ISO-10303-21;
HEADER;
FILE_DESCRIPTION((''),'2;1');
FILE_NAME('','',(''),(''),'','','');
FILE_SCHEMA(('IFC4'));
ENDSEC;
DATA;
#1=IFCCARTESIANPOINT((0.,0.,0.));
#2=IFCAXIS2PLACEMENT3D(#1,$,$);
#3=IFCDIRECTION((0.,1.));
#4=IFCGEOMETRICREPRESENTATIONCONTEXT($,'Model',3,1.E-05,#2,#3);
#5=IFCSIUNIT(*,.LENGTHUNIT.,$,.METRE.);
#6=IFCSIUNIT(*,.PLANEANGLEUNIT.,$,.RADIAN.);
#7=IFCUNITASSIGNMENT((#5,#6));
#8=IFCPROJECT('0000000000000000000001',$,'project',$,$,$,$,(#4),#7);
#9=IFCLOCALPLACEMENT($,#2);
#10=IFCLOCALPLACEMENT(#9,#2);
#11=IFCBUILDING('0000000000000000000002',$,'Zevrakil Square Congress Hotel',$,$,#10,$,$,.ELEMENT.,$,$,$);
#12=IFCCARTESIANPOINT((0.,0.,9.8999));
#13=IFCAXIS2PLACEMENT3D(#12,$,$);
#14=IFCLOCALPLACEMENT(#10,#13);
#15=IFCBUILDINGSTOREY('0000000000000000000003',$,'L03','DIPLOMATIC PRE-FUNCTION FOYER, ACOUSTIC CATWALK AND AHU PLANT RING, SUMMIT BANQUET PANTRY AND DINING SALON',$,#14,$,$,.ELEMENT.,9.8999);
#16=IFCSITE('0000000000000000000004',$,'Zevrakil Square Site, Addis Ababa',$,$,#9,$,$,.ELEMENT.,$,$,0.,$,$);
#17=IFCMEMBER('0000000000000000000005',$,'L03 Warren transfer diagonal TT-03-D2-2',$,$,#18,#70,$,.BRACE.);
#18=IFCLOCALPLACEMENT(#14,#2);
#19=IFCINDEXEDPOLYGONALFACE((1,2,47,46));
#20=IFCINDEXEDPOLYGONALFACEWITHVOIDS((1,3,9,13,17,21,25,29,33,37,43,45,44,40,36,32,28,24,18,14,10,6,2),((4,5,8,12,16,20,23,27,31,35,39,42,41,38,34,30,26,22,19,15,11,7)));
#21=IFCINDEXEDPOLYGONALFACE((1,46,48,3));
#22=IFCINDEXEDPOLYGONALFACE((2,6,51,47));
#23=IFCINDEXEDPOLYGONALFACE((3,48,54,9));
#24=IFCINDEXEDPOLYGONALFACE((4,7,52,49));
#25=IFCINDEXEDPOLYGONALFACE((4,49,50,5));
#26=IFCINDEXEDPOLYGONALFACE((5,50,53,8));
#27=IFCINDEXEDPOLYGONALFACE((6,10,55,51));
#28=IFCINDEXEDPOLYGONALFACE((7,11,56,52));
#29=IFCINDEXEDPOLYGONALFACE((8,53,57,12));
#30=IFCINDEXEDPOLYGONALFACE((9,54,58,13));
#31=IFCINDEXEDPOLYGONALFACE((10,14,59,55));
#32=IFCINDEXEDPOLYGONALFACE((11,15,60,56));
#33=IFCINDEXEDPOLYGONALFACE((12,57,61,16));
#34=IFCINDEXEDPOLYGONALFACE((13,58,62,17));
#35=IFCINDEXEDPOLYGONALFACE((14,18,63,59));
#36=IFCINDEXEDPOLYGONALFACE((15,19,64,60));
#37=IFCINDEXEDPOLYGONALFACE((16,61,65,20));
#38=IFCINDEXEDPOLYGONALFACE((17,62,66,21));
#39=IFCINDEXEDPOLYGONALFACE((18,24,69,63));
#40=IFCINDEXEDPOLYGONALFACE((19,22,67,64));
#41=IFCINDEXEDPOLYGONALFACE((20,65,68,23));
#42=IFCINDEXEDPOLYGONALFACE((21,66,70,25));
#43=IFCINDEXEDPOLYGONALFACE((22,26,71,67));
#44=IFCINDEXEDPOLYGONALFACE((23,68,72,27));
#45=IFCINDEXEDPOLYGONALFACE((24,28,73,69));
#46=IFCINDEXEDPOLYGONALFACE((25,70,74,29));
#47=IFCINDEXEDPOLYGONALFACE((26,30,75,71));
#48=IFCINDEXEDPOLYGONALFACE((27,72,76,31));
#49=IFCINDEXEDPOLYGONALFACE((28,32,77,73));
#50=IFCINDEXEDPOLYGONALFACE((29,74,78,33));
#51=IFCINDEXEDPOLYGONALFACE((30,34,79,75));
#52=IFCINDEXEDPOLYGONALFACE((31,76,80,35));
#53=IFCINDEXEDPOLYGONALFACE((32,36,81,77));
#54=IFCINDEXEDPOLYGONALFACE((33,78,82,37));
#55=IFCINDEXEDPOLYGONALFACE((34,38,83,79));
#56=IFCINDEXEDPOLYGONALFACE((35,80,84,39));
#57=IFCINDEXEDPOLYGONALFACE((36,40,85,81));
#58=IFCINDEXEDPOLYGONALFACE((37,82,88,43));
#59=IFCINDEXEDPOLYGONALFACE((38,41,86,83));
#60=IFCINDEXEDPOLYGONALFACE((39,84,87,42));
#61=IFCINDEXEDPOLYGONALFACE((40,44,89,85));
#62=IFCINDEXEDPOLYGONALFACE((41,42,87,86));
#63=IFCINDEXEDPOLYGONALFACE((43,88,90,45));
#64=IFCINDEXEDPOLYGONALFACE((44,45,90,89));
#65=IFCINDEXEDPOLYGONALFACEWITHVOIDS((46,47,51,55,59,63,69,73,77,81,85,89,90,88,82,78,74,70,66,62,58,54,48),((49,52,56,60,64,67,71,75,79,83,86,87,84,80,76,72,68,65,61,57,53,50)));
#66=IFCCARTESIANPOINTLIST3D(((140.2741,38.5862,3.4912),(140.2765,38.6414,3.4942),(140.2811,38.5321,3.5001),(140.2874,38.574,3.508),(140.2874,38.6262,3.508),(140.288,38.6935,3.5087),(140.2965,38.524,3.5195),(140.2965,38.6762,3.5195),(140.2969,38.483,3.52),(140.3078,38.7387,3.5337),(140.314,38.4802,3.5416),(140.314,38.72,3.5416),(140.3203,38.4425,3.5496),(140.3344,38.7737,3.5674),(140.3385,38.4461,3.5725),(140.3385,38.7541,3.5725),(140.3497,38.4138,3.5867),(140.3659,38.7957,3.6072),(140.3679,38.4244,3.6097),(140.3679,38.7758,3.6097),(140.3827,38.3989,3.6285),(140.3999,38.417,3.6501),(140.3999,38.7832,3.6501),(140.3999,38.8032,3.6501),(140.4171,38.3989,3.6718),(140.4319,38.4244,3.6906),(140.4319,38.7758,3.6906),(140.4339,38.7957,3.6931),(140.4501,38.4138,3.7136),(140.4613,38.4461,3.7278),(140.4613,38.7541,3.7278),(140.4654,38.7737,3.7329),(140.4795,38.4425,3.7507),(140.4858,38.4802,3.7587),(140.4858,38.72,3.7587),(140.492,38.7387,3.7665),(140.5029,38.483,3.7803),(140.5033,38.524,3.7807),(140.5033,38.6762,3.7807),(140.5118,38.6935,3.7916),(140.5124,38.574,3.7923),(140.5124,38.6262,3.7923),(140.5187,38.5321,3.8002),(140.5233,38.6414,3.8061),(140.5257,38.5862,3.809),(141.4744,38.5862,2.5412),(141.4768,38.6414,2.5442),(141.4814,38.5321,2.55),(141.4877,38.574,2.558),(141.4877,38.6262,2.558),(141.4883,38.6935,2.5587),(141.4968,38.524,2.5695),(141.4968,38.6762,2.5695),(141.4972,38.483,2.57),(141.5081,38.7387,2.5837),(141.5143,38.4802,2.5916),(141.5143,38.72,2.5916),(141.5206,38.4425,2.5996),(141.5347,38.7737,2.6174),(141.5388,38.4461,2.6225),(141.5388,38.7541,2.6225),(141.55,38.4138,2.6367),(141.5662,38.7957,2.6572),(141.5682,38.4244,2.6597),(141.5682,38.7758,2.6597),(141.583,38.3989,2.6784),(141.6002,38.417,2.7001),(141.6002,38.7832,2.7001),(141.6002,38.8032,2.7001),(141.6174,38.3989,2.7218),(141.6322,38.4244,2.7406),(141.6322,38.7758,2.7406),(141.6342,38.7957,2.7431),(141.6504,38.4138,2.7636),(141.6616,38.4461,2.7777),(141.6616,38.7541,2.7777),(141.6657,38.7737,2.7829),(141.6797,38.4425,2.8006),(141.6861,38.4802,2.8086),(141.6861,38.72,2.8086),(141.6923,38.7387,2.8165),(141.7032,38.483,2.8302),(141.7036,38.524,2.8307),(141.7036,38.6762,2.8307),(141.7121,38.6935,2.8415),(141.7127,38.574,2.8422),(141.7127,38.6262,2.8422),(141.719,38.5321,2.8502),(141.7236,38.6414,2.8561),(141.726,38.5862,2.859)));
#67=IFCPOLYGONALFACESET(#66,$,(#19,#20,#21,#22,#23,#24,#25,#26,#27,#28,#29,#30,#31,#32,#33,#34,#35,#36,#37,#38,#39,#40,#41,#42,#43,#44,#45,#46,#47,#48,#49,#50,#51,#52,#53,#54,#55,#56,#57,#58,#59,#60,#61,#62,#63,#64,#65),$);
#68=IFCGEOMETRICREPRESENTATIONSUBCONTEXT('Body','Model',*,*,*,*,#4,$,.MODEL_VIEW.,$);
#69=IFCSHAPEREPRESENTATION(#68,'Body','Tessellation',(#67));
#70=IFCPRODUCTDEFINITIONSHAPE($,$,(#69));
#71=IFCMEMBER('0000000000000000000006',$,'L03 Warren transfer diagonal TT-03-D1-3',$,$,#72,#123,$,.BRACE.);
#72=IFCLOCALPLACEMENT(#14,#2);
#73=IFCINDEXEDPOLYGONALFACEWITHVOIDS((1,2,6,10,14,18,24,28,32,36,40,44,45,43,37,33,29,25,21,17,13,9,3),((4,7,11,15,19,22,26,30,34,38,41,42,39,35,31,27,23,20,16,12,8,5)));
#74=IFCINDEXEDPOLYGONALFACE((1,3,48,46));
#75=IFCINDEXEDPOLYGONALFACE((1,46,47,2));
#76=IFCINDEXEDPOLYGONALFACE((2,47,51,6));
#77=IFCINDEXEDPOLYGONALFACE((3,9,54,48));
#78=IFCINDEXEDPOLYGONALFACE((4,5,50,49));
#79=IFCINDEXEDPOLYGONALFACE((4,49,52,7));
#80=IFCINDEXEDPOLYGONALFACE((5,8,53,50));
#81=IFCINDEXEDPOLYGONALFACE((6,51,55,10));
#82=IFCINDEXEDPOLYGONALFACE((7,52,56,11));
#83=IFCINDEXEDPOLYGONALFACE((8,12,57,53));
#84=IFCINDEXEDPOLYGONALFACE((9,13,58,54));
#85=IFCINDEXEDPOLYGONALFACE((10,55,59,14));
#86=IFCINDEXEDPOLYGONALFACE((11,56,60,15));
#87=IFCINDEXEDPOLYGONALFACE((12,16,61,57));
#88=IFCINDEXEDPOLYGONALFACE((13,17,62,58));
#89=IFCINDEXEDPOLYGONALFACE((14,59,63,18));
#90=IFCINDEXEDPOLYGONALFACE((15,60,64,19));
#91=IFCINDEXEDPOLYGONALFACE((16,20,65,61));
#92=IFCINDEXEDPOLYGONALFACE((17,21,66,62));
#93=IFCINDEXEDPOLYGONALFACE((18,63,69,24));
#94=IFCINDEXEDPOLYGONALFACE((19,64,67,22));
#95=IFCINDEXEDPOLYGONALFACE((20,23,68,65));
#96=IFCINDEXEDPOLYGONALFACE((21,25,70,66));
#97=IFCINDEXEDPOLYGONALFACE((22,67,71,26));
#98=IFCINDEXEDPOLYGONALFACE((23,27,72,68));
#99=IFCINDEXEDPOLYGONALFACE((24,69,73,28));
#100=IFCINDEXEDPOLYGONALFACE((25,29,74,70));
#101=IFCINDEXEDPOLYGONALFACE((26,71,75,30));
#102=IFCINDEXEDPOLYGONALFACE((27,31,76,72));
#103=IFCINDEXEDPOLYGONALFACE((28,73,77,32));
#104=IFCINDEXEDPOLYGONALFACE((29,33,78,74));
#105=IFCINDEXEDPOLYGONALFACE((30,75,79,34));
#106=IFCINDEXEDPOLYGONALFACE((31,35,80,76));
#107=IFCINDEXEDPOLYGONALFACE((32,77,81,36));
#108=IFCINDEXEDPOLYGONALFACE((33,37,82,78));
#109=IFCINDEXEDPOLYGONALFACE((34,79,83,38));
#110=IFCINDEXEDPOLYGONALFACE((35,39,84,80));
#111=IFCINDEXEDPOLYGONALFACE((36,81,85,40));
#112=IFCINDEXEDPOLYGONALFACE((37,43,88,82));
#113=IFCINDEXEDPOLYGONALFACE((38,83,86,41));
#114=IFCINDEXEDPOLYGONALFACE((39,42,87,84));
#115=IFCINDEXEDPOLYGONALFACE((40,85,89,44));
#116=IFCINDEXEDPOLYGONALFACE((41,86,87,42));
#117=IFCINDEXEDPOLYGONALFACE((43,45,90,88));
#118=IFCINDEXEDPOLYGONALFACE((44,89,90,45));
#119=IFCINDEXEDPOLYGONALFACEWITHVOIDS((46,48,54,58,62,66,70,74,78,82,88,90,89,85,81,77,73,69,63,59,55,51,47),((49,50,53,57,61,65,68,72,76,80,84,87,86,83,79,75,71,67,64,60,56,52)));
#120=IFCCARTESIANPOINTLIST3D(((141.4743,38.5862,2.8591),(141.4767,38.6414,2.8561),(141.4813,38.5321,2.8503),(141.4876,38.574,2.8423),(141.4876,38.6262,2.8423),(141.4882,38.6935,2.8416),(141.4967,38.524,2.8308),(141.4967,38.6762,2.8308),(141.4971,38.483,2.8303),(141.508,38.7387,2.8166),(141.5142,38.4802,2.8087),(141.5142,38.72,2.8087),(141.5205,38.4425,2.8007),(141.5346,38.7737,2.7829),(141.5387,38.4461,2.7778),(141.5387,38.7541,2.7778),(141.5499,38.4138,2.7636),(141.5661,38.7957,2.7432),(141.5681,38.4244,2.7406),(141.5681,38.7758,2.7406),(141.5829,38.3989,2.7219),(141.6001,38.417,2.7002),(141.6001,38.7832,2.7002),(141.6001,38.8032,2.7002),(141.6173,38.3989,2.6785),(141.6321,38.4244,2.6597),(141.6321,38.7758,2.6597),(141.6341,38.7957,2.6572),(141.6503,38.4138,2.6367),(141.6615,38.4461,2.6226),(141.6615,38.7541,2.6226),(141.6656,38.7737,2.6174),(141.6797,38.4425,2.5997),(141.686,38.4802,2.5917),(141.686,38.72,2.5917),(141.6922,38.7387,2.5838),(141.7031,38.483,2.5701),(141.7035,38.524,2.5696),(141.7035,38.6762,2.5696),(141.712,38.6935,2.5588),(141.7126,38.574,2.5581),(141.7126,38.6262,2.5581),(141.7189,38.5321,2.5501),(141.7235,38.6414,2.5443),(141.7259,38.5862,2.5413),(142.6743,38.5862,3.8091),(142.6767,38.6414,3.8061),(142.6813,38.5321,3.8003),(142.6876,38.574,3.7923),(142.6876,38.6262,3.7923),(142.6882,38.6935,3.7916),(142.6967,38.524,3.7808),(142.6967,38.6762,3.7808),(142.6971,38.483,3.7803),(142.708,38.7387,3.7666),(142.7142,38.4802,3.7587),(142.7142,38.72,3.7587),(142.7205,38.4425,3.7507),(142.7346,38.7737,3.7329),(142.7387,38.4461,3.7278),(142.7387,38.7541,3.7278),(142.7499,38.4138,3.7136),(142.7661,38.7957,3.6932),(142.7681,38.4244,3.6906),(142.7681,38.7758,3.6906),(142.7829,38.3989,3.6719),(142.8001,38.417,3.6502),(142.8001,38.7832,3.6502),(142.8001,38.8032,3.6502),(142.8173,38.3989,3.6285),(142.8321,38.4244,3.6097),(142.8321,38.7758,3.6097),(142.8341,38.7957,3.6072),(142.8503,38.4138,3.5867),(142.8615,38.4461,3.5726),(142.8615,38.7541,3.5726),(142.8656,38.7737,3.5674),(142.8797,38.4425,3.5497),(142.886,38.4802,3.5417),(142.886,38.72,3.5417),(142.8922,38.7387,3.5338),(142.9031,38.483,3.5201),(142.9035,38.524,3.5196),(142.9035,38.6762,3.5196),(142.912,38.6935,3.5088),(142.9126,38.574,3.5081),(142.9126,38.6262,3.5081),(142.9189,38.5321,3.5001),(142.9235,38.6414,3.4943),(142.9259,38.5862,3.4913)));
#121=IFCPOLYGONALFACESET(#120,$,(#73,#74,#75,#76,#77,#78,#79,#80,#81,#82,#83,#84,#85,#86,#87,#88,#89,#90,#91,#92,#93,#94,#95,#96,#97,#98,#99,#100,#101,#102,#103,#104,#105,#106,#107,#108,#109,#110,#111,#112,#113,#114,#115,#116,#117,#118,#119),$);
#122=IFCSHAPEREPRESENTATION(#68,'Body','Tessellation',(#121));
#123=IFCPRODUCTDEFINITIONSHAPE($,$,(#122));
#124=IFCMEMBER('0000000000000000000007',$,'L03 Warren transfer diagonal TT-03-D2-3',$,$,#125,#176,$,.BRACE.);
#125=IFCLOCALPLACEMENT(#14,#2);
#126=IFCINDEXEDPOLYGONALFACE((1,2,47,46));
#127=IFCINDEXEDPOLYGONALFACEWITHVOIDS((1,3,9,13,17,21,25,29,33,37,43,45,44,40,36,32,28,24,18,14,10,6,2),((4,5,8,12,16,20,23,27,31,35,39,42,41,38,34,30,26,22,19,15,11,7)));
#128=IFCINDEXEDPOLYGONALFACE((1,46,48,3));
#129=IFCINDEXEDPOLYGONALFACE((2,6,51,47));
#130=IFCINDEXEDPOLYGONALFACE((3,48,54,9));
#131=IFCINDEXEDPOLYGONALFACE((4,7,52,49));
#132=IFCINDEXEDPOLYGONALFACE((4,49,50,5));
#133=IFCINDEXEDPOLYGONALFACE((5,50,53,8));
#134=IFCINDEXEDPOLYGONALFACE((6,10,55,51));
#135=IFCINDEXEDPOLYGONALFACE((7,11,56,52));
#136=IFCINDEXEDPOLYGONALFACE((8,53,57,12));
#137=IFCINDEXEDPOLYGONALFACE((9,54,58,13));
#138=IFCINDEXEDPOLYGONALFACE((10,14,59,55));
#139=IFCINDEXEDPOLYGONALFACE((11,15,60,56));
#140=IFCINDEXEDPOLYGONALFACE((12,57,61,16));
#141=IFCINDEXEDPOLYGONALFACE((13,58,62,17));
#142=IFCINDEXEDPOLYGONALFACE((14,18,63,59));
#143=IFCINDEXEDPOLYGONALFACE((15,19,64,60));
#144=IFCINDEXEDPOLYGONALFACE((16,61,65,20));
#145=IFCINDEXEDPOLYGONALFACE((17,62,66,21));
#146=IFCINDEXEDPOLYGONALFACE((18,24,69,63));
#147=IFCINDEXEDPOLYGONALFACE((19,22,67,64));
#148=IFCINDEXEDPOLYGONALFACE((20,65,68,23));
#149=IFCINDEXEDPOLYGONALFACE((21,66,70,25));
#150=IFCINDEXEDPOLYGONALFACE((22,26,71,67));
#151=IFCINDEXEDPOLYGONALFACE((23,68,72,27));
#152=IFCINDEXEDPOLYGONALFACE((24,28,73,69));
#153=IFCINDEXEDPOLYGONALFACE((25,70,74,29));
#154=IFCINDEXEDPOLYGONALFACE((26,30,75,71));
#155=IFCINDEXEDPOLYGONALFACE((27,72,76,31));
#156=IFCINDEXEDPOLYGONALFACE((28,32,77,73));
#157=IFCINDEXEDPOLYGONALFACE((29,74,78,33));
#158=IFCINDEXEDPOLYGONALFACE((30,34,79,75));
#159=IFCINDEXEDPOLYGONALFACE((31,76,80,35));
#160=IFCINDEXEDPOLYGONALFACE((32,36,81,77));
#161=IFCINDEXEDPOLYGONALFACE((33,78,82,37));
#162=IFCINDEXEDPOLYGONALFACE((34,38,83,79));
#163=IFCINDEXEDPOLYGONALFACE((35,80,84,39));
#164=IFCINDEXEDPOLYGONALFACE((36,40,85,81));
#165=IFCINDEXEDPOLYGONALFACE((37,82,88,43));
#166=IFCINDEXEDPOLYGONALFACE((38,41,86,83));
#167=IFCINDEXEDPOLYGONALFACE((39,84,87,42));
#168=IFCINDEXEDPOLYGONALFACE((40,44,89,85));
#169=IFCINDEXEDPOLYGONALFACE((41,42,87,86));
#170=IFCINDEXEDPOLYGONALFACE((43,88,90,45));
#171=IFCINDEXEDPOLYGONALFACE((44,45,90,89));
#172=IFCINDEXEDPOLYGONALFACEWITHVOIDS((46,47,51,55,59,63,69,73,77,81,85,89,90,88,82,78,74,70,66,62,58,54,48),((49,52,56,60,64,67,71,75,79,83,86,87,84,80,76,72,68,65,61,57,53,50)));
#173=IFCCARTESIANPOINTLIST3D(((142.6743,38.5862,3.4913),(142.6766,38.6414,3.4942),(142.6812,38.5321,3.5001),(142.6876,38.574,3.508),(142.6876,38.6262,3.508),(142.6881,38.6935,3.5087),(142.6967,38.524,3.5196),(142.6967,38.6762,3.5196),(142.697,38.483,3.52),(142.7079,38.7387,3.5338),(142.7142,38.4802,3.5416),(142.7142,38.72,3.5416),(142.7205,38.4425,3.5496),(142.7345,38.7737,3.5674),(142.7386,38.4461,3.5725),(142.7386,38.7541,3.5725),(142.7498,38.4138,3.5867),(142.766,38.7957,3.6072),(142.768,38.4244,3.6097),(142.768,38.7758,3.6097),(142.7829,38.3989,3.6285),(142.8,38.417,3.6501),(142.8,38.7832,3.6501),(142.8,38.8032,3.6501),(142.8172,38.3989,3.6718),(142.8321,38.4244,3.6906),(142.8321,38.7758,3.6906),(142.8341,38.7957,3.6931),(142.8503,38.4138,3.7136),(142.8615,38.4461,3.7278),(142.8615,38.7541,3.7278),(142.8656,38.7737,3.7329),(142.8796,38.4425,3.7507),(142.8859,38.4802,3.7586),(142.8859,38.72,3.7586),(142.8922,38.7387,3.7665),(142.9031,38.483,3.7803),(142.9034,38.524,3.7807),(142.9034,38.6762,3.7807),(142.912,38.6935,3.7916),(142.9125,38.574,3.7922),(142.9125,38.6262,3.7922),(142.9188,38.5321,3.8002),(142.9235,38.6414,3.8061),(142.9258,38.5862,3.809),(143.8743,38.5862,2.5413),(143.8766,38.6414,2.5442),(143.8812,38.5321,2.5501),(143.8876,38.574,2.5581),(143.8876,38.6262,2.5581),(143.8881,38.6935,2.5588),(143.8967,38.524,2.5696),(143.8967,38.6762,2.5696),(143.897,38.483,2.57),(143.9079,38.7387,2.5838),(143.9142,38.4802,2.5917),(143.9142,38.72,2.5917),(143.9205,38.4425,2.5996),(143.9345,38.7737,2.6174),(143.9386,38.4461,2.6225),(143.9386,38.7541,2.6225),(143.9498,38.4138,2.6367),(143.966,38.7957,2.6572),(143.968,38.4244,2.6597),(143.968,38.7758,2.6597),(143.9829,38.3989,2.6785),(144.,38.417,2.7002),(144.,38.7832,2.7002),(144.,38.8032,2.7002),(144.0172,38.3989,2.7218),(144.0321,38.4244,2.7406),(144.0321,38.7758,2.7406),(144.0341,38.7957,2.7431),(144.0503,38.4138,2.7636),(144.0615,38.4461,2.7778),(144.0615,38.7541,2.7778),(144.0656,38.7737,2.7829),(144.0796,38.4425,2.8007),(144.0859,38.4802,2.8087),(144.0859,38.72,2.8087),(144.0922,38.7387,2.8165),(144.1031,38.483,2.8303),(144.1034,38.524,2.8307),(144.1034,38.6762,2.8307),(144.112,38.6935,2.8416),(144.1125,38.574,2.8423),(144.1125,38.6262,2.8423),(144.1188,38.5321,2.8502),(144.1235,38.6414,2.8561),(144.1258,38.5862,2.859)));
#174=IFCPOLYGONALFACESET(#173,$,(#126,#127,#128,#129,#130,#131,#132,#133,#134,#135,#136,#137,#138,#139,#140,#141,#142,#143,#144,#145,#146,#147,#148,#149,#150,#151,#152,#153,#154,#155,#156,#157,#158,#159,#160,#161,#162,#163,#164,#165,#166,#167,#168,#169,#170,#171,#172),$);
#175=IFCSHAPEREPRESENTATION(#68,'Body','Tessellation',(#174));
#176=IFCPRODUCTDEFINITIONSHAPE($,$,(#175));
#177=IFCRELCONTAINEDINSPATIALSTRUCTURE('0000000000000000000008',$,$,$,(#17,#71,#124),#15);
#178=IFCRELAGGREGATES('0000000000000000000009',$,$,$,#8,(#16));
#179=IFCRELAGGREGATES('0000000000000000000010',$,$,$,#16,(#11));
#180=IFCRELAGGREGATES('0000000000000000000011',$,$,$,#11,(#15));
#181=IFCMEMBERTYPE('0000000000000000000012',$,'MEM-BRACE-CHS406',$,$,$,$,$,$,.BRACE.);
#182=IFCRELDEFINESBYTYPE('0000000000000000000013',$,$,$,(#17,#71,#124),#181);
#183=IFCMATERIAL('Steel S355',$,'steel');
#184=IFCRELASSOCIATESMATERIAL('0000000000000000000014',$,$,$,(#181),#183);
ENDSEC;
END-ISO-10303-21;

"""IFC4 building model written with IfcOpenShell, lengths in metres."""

from ifc_helpers import new_model, si_unit, direction, frame, origin, origin_2d, place, context, subcontext, project, spatial, hollow_circle, extrude, material, material_profile, profile_set, type_object, element, save


model = new_model("IFC4")

# Units and contexts
model_context = context("Model", 3, precision=1e-05, world=origin(), true_north=direction((0.0, 1.0)))
body_context = subcontext(model_context, "Body", "Model", "MODEL_VIEW")
ifc_project = project(units=[si_unit("LENGTHUNIT", "METRE"), si_unit("PLANEANGLEUNIT", "RADIAN")], contexts=[model_context])

# Site, building, storey
site_placement = place(None, origin())
site = spatial("IfcSite", under=ifc_project, at=site_placement, Name="Zevrakil Square Site, Addis Ababa", CompositionType="ELEMENT", RefElevation=0.0)
building_placement = place(site_placement, origin())
building = spatial("IfcBuilding", under=site, at=building_placement, Name="Zevrakil Square Congress Hotel", CompositionType="ELEMENT")
storey_placement = place(building_placement, frame((0.0, 0.0, 9.8999)))
storey = spatial("IfcBuildingStorey", under=building, at=storey_placement, Name="L03", Description="DIPLOMATIC PRE-FUNCTION FOYER, ACOUSTIC CATWALK AND AHU PLANT RING, SUMMIT BANQUET PANTRY AND DINING SALON", CompositionType="ELEMENT", Elevation=9.8999)

# Members
ifc_material_1 = material(Name="Steel S355", Category="steel")
ifc_material_profile_1 = material_profile(ifc_material_1, hollow_circle(Radius=0.2031, WallThickness=0.02, at=origin_2d()), Name="CHS 406.4x20")
ifc_profile_set_1 = profile_set([ifc_material_profile_1], Name="Steel S355")
member_type_1 = type_object("IfcMemberType", Name="MEM-BRACE-CHS406", PredefinedType="BRACE", material=ifc_profile_set_1)
member_1_placement = place(storey_placement, frame((140.3999, 38.6001, 3.6501), z_axis=(0.784111, 0.0, -0.620621), x_axis=(0.0, 1.0, 0.0)))
element("IfcMember", 1, at=member_1_placement, inside=storey, type_object=member_type_1, Name="L03 Warren transfer diagonal TT-03-D2-2", PredefinedType="BRACE", context=body_context, shape_type="SweptSolid", body=[
    extrude(hollow_circle(Radius=0.2031, WallThickness=0.02, at=origin_2d()), origin(), (0.0, 0.0, 1.0), 1.5308),
])
for number, where, z_axis, x_axis, name in (
    (2, (141.6001, 38.6001, 2.7002), (0.784049, 0.0, 0.620699), (0.0, 1.0, 0.0), "L03 Warren transfer diagonal TT-03-D1-3"),
    (3, (142.8, 38.6001, 3.6501), (0.784049, 0.0, -0.620699), (0.0, 1.0, 0.0), "L03 Warren transfer diagonal TT-03-D2-3"),
):
    element("IfcMember", number, at=place(storey_placement, frame(where, z_axis=z_axis, x_axis=x_axis)), inside=storey, type_object=member_type_1, Name=name, PredefinedType="BRACE", context=body_context, shape_type="SweptSolid", body=[
        extrude(hollow_circle(Radius=0.2031, WallThickness=0.02, at=origin_2d()), origin(), (0.0, 0.0, 1.0), 1.5305),
    ])

save(model, "model.ifc")
